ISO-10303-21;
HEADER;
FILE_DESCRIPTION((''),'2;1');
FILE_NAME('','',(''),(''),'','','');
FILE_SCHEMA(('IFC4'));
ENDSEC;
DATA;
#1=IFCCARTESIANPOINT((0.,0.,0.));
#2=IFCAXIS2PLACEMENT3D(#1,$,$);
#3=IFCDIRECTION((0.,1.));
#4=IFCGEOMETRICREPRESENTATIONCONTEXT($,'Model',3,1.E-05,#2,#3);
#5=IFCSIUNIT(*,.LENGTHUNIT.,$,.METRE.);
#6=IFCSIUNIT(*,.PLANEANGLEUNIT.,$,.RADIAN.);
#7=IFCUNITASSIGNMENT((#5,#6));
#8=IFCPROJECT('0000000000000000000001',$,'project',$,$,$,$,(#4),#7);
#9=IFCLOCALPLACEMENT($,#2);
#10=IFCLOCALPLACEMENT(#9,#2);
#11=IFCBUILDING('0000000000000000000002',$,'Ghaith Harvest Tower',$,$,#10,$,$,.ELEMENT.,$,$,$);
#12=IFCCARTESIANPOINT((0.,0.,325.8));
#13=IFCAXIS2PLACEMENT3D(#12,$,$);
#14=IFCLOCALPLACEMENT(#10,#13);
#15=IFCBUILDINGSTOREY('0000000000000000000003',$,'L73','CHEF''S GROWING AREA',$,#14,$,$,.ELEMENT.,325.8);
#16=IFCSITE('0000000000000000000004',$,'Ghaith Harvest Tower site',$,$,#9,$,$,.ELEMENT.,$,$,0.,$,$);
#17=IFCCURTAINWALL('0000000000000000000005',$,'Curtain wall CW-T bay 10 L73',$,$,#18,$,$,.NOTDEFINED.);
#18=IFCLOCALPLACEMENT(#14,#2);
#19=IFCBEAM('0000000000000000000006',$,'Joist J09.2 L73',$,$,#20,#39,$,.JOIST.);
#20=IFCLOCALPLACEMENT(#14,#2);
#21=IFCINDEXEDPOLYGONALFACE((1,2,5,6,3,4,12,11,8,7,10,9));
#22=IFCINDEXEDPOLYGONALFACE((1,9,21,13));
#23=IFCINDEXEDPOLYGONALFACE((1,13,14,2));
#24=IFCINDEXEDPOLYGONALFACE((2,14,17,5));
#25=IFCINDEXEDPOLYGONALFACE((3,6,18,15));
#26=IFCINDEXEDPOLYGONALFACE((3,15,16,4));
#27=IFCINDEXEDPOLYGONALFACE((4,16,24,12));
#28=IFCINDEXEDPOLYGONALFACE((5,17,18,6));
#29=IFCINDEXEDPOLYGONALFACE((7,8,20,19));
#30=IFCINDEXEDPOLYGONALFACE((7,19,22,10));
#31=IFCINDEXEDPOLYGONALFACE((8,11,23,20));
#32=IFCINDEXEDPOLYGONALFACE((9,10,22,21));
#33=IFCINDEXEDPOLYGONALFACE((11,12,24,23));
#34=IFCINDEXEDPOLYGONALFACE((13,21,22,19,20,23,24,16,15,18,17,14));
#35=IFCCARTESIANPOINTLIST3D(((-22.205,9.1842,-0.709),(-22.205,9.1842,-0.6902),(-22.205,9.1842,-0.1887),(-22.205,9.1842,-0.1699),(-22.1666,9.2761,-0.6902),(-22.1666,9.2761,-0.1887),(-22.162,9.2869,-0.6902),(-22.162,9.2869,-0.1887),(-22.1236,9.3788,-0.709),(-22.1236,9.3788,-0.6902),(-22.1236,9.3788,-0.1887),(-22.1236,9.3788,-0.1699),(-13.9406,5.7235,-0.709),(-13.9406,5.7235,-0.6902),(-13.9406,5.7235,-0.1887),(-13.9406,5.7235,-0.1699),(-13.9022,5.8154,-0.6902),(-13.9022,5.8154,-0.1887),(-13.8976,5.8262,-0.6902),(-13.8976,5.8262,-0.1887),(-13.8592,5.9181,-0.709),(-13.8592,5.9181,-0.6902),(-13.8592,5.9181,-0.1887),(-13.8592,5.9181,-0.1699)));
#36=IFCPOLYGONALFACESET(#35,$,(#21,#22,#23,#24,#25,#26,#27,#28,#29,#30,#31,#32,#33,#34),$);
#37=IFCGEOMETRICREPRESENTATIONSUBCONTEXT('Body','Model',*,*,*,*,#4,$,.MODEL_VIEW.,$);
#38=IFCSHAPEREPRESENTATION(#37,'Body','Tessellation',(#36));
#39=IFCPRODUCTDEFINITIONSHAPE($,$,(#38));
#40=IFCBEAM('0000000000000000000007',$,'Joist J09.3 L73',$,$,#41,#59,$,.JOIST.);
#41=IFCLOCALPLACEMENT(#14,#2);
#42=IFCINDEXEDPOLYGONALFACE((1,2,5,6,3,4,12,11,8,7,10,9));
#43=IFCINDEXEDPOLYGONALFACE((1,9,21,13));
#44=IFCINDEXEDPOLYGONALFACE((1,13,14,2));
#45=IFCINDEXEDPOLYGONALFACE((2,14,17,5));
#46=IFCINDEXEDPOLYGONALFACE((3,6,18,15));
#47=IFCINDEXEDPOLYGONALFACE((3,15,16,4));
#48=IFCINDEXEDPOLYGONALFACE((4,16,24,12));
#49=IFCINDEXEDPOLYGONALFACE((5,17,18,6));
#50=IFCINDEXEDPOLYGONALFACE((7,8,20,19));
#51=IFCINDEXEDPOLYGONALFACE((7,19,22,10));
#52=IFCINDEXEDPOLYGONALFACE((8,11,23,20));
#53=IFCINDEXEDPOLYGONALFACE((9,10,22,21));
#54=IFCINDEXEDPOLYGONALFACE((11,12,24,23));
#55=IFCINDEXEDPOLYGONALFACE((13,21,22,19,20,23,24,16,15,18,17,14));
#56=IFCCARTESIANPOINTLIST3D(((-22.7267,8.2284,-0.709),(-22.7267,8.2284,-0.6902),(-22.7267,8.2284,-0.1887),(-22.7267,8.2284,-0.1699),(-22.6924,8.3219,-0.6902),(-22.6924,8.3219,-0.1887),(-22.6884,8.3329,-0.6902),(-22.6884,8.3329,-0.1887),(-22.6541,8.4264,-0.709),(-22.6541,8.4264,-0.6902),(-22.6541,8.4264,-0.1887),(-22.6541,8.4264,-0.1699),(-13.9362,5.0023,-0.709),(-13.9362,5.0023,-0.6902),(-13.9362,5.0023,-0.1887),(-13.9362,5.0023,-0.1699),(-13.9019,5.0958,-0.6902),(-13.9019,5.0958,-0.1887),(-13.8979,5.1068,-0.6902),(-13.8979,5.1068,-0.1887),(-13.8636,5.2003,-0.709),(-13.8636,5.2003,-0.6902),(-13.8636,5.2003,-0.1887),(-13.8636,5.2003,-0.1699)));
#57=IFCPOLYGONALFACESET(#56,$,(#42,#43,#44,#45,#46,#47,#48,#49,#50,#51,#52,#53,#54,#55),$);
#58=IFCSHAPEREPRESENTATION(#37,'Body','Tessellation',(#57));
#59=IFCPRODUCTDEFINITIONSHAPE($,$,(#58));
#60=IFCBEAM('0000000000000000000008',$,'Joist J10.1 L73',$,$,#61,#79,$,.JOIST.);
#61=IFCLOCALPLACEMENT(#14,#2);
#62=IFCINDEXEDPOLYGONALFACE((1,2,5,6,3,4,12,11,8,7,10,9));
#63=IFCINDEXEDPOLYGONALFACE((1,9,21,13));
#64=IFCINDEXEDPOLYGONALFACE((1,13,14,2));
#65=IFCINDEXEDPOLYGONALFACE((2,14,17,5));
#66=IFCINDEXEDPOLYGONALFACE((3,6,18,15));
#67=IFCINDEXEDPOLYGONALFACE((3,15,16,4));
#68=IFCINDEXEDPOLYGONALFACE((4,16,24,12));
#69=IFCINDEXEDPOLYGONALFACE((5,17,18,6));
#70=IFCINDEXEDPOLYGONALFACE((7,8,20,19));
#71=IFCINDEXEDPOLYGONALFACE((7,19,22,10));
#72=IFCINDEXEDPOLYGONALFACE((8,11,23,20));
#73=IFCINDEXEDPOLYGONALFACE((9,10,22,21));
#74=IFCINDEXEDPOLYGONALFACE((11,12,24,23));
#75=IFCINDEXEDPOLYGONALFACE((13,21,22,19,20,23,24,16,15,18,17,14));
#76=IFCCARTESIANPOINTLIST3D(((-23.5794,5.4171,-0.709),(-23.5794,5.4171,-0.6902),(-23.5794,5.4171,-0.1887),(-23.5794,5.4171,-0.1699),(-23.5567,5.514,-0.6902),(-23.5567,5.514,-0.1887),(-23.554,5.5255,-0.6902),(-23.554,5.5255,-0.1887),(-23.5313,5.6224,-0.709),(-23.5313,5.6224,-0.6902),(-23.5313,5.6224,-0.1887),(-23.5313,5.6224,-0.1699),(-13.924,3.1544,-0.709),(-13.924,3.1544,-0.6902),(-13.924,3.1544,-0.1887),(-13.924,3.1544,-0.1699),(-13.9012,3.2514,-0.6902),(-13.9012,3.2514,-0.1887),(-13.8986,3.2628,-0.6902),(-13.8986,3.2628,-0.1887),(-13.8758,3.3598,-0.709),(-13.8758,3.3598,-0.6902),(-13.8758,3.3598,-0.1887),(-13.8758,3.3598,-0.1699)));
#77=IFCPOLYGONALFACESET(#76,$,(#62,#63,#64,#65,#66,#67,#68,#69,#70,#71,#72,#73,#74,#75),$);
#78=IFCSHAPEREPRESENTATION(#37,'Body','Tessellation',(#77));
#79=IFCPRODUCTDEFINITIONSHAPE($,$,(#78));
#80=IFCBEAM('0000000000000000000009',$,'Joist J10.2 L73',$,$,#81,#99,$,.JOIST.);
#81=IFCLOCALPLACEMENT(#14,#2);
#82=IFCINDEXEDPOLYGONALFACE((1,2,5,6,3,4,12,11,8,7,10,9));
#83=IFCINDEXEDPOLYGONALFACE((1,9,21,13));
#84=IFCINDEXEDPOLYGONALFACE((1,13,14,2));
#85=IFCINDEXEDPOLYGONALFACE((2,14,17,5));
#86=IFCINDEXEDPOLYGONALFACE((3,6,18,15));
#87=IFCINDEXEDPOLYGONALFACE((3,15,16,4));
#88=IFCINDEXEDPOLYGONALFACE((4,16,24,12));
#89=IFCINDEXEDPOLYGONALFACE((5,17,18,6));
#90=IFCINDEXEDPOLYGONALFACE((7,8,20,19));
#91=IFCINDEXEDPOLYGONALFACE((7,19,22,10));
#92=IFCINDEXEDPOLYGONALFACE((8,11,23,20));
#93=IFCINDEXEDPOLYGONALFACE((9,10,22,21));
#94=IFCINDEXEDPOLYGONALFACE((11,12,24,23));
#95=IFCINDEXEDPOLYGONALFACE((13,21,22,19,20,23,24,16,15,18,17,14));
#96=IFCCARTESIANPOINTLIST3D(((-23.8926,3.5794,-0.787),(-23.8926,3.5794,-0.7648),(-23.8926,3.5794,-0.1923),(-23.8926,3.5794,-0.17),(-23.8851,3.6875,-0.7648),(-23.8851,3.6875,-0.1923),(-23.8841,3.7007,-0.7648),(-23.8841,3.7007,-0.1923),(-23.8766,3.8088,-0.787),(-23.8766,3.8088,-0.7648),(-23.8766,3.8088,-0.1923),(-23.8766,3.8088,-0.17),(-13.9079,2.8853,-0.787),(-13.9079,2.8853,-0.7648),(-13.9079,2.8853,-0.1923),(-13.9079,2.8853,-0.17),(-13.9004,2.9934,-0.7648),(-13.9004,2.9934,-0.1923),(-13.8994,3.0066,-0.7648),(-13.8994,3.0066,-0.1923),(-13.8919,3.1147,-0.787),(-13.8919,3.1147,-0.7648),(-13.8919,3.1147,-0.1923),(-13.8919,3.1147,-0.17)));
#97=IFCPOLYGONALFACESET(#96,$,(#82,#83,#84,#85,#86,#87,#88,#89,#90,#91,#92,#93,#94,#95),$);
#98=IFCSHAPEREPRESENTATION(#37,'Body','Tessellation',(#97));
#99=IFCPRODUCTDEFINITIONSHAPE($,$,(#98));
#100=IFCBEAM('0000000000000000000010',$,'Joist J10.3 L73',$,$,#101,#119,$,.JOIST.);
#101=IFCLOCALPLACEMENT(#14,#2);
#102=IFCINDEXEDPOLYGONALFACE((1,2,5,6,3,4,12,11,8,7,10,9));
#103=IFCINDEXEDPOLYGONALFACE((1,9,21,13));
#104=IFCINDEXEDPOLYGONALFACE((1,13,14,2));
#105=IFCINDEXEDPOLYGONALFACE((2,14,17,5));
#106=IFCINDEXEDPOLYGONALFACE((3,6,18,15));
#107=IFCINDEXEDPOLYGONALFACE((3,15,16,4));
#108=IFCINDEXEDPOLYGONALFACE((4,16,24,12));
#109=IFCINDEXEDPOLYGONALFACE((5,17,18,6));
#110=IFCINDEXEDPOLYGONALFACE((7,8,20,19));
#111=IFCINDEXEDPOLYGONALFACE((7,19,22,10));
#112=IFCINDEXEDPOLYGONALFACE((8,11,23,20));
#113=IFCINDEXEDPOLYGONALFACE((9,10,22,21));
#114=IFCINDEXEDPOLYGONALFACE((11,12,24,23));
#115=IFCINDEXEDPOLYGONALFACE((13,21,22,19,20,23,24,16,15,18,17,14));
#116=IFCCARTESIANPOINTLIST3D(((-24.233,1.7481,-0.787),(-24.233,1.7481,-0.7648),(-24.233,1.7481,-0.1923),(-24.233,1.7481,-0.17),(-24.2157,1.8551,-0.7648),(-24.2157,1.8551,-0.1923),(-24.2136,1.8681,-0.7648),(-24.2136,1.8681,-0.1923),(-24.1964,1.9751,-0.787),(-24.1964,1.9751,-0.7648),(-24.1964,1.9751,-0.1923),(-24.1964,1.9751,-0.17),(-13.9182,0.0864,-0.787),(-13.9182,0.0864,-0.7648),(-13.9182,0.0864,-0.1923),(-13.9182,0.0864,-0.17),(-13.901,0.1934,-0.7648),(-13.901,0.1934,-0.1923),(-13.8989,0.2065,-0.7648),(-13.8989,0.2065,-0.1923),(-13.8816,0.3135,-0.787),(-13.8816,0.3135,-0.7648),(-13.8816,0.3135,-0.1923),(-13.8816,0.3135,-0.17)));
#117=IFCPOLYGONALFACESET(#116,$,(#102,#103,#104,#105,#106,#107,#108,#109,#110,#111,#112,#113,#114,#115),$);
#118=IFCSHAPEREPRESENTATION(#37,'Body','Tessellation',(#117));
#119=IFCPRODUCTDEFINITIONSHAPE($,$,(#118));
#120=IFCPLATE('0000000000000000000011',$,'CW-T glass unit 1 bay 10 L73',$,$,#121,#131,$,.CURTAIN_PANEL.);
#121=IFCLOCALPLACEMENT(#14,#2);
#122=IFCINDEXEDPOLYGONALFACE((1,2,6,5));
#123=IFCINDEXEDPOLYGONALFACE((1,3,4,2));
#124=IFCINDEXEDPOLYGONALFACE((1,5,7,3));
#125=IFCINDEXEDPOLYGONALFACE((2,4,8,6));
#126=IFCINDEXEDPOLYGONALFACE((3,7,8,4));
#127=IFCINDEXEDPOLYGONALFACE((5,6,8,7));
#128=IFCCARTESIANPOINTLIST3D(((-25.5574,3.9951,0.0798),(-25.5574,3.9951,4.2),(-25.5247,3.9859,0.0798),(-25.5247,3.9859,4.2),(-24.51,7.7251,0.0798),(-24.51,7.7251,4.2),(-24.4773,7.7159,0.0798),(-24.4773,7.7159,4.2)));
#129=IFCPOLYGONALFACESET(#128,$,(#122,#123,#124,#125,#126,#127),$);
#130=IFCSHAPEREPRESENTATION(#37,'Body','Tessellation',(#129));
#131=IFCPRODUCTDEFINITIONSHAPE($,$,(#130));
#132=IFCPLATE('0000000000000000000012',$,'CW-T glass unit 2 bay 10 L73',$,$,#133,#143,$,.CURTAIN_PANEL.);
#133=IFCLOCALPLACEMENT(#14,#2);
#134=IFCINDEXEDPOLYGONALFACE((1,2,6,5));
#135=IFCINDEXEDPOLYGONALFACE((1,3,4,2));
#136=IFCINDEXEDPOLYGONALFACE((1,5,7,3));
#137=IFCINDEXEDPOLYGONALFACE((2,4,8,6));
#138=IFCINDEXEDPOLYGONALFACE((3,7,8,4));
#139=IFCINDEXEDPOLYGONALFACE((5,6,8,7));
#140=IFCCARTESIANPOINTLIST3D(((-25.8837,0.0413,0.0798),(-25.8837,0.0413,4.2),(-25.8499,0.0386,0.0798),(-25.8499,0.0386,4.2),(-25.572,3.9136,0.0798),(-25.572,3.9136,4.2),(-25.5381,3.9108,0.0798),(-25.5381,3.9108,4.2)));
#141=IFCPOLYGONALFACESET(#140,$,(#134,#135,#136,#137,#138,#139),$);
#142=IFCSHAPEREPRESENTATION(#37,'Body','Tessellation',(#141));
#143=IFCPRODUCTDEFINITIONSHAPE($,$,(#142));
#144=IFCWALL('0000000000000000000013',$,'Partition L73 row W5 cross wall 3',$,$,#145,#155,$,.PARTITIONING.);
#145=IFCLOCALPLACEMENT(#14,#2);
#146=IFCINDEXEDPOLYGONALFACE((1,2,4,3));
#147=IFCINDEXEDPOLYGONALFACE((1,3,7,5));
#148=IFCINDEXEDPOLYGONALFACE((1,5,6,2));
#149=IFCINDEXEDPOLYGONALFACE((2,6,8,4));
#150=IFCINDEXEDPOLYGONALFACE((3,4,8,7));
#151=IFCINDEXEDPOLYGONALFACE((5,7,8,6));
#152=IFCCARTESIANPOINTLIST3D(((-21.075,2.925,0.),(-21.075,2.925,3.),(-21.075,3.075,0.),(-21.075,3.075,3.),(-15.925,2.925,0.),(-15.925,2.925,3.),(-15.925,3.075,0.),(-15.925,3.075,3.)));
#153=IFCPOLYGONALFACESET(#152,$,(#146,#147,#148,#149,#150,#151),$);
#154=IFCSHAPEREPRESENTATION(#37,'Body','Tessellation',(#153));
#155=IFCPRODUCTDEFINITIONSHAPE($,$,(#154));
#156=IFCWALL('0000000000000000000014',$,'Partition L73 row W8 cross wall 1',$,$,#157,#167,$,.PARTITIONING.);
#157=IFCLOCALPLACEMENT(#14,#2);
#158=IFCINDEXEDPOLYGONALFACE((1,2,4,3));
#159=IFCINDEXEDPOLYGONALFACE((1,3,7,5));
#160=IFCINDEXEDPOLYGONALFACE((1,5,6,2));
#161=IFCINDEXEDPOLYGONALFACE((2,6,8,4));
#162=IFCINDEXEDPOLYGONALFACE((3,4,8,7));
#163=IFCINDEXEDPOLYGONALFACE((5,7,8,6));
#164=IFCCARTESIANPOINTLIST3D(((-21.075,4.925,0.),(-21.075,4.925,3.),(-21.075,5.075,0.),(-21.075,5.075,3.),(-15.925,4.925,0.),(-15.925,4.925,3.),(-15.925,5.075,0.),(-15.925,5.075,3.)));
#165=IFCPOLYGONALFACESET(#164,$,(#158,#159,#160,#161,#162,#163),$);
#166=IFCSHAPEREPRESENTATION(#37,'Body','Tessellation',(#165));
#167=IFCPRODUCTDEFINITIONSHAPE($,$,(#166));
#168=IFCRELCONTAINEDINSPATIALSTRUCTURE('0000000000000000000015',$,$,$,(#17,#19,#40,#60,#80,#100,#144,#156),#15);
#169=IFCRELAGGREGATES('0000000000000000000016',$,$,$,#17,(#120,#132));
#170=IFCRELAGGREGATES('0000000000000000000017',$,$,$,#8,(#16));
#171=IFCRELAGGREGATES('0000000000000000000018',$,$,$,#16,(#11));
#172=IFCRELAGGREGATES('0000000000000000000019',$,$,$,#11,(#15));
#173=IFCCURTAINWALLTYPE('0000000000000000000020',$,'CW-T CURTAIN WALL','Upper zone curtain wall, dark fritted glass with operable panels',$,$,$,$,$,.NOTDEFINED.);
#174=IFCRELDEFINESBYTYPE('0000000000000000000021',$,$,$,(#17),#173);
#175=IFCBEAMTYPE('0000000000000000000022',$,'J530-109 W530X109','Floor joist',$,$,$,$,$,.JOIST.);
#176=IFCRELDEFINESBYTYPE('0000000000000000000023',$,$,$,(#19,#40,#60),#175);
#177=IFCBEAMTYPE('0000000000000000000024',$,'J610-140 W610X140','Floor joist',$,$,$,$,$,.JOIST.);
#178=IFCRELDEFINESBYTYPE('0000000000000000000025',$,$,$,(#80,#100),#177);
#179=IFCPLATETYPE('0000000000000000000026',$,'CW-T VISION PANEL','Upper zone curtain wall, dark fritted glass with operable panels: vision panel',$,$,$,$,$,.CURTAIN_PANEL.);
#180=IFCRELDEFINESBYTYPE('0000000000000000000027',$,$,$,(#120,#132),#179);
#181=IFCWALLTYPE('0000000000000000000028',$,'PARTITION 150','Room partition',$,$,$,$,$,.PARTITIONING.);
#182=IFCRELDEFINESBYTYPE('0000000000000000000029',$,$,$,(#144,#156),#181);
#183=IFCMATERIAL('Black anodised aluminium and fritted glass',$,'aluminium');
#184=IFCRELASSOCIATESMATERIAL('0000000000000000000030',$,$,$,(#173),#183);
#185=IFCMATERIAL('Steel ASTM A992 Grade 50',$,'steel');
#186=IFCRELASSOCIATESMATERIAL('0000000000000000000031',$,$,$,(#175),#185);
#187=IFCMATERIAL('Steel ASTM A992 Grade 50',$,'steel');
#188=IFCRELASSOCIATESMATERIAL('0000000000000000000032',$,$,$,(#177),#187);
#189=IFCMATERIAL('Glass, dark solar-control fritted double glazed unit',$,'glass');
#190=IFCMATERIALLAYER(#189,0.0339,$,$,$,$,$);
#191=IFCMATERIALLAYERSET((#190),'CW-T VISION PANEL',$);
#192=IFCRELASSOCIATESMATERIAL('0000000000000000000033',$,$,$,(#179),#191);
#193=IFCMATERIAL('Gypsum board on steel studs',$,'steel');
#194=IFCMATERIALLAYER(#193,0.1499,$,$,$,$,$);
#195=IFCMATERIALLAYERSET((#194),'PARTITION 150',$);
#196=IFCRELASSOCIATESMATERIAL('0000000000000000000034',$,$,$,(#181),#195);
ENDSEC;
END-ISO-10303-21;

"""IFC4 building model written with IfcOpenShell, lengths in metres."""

from ifc_helpers import new_model, si_unit, direction, frame, frame_2d, origin, origin_2d, place, context, subcontext, project, spatial, rectangle, i_section, extrude, material, layer, layer_set, material_profile, profile_set, type_object, element, aggregate, save


model = new_model("IFC4")

# Units and contexts
model_context = context("Model", 3, precision=1e-05, world=origin(), true_north=direction((0.0, 1.0)))
body_context = subcontext(model_context, "Body", "Model", "MODEL_VIEW")
ifc_project = project(units=[si_unit("LENGTHUNIT", "METRE"), si_unit("PLANEANGLEUNIT", "RADIAN")], contexts=[model_context])

# Site, building, storey
site_placement = place(None, origin())
site = spatial("IfcSite", under=ifc_project, at=site_placement, Name="Ghaith Harvest Tower site", CompositionType="ELEMENT", RefElevation=0.0)
building_placement = place(site_placement, origin())
building = spatial("IfcBuilding", under=site, at=building_placement, Name="Ghaith Harvest Tower", CompositionType="ELEMENT")
storey_placement = place(building_placement, frame((0.0, 0.0, 325.8)))
storey = spatial("IfcBuildingStorey", under=building, at=storey_placement, Name="L73", Description="CHEF'S GROWING AREA", CompositionType="ELEMENT", Elevation=325.8)

# Curtain wall
ifc_material_1 = material(Name="Black anodised aluminium and fritted glass", Category="aluminium")
curtain_wall_type = type_object("IfcCurtainWallType", Name="CW-T CURTAIN WALL", Description="Upper zone curtain wall, dark fritted glass with operable panels", PredefinedType="NOTDEFINED", material=ifc_material_1)
curtain_wall_placement = place(storey_placement, origin())
curtain_wall = element("IfcCurtainWall", 1, at=curtain_wall_placement, inside=storey, type_object=curtain_wall_type, Name="Curtain wall CW-T bay 10 L73", PredefinedType="NOTDEFINED")

# Beams
ifc_material_2 = material(Name="Steel ASTM A992 Grade 50", Category="steel")
ifc_material_profile_1 = material_profile(ifc_material_2, i_section(OverallWidth=0.2109, OverallDepth=0.5391, WebThickness=0.0117, FlangeThickness=0.0188, at=origin_2d()), Name="W530X109")
ifc_profile_set_1 = profile_set([ifc_material_profile_1], Name="Steel ASTM A992 Grade 50")
beam_type_1 = type_object("IfcBeamType", Name="J530-109 W530X109", Description="Floor joist", PredefinedType="JOIST", material=ifc_profile_set_1)
beam_1_placement = place(storey_placement, frame((-13.8999, 5.8208, -0.4395), z_axis=(-0.922394, 0.38625, 0.0), x_axis=(-0.38625, -0.922394, 0.0)))
element("IfcBeam", 2, at=beam_1_placement, inside=storey, type_object=beam_type_1, Name="Joist J09.2 L73", PredefinedType="JOIST", context=body_context, shape_type="SweptSolid", body=[
    extrude(i_section(OverallWidth=0.2109, OverallDepth=0.5391, WebThickness=0.0117, FlangeThickness=0.0188, at=origin_2d()), origin(), (0.0, 0.0, 1.0), 8.9597),
])
beam_2_placement = place(storey_placement, frame((-13.8999, 5.1013, -0.4395), z_axis=(-0.938777, 0.344526, 0.0), x_axis=(-0.344526, -0.938777, 0.0)))
element("IfcBeam", 3, at=beam_2_placement, inside=storey, type_object=beam_type_1, Name="Joist J09.3 L73", PredefinedType="JOIST", context=body_context, shape_type="SweptSolid", body=[
    extrude(i_section(OverallWidth=0.2109, OverallDepth=0.5391, WebThickness=0.0117, FlangeThickness=0.0188, at=origin_2d()), origin(), (0.0, 0.0, 1.0), 9.3638),
])
beam_3_placement = place(storey_placement, frame((-13.8999, 3.2571, -0.4395), z_axis=(-0.973623, 0.228161, 0.0), x_axis=(-0.228161, -0.973623, 0.0)))
element("IfcBeam", 4, at=beam_3_placement, inside=storey, type_object=beam_type_1, Name="Joist J10.1 L73", PredefinedType="JOIST", context=body_context, shape_type="SweptSolid", body=[
    extrude(i_section(OverallWidth=0.2109, OverallDepth=0.5391, WebThickness=0.0117, FlangeThickness=0.0188, at=origin_2d()), origin(), (0.0, 0.0, 1.0), 9.917),
])
ifc_material_3 = material(Name="Steel ASTM A992 Grade 50", Category="steel")
ifc_material_profile_2 = material_profile(ifc_material_3, i_section(OverallWidth=0.23, OverallDepth=0.6169, WebThickness=0.0132, FlangeThickness=0.0222, at=origin_2d()), Name="W610X140")
ifc_profile_set_2 = profile_set([ifc_material_profile_2], Name="Steel ASTM A992 Grade 50")
beam_type_2 = type_object("IfcBeamType", Name="J610-140 W610X140", Description="Floor joist", PredefinedType="JOIST", material=ifc_profile_set_2)
beam_4_placement = place(storey_placement, frame((-13.8999, 3.0, -0.4785), z_axis=(-0.997592, 0.069349, 0.0), x_axis=(-0.069349, -0.997592, 0.0)))
element("IfcBeam", 5, at=beam_4_placement, inside=storey, type_object=beam_type_2, Name="Joist J10.2 L73", PredefinedType="JOIST", context=body_context, shape_type="SweptSolid", body=[
    extrude(i_section(OverallWidth=0.23, OverallDepth=0.6169, WebThickness=0.0132, FlangeThickness=0.0222, at=origin_2d()), origin(), (0.0, 0.0, 1.0), 10.0088),
])
beam_5_placement = place(storey_placement, frame((-13.8999, 0.2, -0.4785), z_axis=(-0.987272, 0.159042, 0.0), x_axis=(-0.159042, -0.987272, 0.0)))
element("IfcBeam", 6, at=beam_5_placement, inside=storey, type_object=beam_type_2, Name="Joist J10.3 L73", PredefinedType="JOIST", context=body_context, shape_type="SweptSolid", body=[
    extrude(i_section(OverallWidth=0.23, OverallDepth=0.6169, WebThickness=0.0132, FlangeThickness=0.0222, at=origin_2d()), origin(), (0.0, 0.0, 1.0), 10.4478),
])

# Plates
ifc_material_4 = material(Name="Glass, dark solar-control fritted double glazed unit", Category="glass")
ifc_layer_1 = layer(ifc_material_4, 0.0339)
ifc_layer_set_1 = layer_set([ifc_layer_1], Name="CW-T VISION PANEL")
plate_type = type_object("IfcPlateType", Name="CW-T VISION PANEL", Description="Upper zone curtain wall, dark fritted glass with operable panels: vision panel", PredefinedType="CURTAIN_PANEL", material=ifc_layer_set_1)
plate_1_placement = place(storey_placement, frame((-25.0173, 5.8555, 0.0798), z_axis=(0.0, 0.0, 1.0), x_axis=(-0.270355, -0.962761, 0.0)))
plate_1 = element("IfcPlate", 7, at=plate_1_placement, type_object=plate_type, Name="CW-T glass unit 1 bay 10 L73", PredefinedType="CURTAIN_PANEL", context=body_context, shape_type="SweptSolid", body=[
    extrude(rectangle(XDim=3.8743, YDim=0.0339, at=origin_2d()), origin(), (0.0, 0.0, 1.0), 4.1201),
])
plate_2_placement = place(storey_placement, frame((-25.7109, 1.9761, 0.0798), z_axis=(0.0, 0.0, 1.0), x_axis=(-0.080258, -0.996774, 0.0)))
plate_2 = element("IfcPlate", 8, at=plate_2_placement, type_object=plate_type, Name="CW-T glass unit 2 bay 10 L73", PredefinedType="CURTAIN_PANEL", context=body_context, shape_type="SweptSolid", body=[
    extrude(rectangle(XDim=3.8848, YDim=0.0339, at=origin_2d()), origin(), (0.0, 0.0, 1.0), 4.1201),
])
aggregate(curtain_wall, [plate_1, plate_2])

# Walls
ifc_material_5 = material(Name="Gypsum board on steel studs", Category="steel")
ifc_layer_2 = layer(ifc_material_5, 0.1499)
ifc_layer_set_2 = layer_set([ifc_layer_2], Name="PARTITION 150")
wall_type_1 = type_object("IfcWallType", Name="PARTITION 150", Description="Room partition", PredefinedType="PARTITIONING", material=ifc_layer_set_2)
for number, where, z_axis, x_axis, name in (
    (9, (-15.925, 3.0, 0.0), (0.0, 0.0, 1.0), (-1.0, 0.0, 0.0), "Partition L73 row W5 cross wall 3"),
    (10, (-15.925, 5.0, 0.0), (0.0, 0.0, 1.0), (-1.0, 0.0, 0.0), "Partition L73 row W8 cross wall 1"),
):
    element("IfcWall", number, at=place(storey_placement, frame(where, z_axis=z_axis, x_axis=x_axis)), inside=storey, type_object=wall_type_1, Name=name, PredefinedType="PARTITIONING", context=body_context, shape_type="SweptSolid", body=[
        extrude(rectangle(XDim=5.1499, YDim=0.1499, at=frame_2d((2.575, 0.0))), origin(), (0.0, 0.0, 1.0), 3.0),
    ])

save(model, "model.ifc")
